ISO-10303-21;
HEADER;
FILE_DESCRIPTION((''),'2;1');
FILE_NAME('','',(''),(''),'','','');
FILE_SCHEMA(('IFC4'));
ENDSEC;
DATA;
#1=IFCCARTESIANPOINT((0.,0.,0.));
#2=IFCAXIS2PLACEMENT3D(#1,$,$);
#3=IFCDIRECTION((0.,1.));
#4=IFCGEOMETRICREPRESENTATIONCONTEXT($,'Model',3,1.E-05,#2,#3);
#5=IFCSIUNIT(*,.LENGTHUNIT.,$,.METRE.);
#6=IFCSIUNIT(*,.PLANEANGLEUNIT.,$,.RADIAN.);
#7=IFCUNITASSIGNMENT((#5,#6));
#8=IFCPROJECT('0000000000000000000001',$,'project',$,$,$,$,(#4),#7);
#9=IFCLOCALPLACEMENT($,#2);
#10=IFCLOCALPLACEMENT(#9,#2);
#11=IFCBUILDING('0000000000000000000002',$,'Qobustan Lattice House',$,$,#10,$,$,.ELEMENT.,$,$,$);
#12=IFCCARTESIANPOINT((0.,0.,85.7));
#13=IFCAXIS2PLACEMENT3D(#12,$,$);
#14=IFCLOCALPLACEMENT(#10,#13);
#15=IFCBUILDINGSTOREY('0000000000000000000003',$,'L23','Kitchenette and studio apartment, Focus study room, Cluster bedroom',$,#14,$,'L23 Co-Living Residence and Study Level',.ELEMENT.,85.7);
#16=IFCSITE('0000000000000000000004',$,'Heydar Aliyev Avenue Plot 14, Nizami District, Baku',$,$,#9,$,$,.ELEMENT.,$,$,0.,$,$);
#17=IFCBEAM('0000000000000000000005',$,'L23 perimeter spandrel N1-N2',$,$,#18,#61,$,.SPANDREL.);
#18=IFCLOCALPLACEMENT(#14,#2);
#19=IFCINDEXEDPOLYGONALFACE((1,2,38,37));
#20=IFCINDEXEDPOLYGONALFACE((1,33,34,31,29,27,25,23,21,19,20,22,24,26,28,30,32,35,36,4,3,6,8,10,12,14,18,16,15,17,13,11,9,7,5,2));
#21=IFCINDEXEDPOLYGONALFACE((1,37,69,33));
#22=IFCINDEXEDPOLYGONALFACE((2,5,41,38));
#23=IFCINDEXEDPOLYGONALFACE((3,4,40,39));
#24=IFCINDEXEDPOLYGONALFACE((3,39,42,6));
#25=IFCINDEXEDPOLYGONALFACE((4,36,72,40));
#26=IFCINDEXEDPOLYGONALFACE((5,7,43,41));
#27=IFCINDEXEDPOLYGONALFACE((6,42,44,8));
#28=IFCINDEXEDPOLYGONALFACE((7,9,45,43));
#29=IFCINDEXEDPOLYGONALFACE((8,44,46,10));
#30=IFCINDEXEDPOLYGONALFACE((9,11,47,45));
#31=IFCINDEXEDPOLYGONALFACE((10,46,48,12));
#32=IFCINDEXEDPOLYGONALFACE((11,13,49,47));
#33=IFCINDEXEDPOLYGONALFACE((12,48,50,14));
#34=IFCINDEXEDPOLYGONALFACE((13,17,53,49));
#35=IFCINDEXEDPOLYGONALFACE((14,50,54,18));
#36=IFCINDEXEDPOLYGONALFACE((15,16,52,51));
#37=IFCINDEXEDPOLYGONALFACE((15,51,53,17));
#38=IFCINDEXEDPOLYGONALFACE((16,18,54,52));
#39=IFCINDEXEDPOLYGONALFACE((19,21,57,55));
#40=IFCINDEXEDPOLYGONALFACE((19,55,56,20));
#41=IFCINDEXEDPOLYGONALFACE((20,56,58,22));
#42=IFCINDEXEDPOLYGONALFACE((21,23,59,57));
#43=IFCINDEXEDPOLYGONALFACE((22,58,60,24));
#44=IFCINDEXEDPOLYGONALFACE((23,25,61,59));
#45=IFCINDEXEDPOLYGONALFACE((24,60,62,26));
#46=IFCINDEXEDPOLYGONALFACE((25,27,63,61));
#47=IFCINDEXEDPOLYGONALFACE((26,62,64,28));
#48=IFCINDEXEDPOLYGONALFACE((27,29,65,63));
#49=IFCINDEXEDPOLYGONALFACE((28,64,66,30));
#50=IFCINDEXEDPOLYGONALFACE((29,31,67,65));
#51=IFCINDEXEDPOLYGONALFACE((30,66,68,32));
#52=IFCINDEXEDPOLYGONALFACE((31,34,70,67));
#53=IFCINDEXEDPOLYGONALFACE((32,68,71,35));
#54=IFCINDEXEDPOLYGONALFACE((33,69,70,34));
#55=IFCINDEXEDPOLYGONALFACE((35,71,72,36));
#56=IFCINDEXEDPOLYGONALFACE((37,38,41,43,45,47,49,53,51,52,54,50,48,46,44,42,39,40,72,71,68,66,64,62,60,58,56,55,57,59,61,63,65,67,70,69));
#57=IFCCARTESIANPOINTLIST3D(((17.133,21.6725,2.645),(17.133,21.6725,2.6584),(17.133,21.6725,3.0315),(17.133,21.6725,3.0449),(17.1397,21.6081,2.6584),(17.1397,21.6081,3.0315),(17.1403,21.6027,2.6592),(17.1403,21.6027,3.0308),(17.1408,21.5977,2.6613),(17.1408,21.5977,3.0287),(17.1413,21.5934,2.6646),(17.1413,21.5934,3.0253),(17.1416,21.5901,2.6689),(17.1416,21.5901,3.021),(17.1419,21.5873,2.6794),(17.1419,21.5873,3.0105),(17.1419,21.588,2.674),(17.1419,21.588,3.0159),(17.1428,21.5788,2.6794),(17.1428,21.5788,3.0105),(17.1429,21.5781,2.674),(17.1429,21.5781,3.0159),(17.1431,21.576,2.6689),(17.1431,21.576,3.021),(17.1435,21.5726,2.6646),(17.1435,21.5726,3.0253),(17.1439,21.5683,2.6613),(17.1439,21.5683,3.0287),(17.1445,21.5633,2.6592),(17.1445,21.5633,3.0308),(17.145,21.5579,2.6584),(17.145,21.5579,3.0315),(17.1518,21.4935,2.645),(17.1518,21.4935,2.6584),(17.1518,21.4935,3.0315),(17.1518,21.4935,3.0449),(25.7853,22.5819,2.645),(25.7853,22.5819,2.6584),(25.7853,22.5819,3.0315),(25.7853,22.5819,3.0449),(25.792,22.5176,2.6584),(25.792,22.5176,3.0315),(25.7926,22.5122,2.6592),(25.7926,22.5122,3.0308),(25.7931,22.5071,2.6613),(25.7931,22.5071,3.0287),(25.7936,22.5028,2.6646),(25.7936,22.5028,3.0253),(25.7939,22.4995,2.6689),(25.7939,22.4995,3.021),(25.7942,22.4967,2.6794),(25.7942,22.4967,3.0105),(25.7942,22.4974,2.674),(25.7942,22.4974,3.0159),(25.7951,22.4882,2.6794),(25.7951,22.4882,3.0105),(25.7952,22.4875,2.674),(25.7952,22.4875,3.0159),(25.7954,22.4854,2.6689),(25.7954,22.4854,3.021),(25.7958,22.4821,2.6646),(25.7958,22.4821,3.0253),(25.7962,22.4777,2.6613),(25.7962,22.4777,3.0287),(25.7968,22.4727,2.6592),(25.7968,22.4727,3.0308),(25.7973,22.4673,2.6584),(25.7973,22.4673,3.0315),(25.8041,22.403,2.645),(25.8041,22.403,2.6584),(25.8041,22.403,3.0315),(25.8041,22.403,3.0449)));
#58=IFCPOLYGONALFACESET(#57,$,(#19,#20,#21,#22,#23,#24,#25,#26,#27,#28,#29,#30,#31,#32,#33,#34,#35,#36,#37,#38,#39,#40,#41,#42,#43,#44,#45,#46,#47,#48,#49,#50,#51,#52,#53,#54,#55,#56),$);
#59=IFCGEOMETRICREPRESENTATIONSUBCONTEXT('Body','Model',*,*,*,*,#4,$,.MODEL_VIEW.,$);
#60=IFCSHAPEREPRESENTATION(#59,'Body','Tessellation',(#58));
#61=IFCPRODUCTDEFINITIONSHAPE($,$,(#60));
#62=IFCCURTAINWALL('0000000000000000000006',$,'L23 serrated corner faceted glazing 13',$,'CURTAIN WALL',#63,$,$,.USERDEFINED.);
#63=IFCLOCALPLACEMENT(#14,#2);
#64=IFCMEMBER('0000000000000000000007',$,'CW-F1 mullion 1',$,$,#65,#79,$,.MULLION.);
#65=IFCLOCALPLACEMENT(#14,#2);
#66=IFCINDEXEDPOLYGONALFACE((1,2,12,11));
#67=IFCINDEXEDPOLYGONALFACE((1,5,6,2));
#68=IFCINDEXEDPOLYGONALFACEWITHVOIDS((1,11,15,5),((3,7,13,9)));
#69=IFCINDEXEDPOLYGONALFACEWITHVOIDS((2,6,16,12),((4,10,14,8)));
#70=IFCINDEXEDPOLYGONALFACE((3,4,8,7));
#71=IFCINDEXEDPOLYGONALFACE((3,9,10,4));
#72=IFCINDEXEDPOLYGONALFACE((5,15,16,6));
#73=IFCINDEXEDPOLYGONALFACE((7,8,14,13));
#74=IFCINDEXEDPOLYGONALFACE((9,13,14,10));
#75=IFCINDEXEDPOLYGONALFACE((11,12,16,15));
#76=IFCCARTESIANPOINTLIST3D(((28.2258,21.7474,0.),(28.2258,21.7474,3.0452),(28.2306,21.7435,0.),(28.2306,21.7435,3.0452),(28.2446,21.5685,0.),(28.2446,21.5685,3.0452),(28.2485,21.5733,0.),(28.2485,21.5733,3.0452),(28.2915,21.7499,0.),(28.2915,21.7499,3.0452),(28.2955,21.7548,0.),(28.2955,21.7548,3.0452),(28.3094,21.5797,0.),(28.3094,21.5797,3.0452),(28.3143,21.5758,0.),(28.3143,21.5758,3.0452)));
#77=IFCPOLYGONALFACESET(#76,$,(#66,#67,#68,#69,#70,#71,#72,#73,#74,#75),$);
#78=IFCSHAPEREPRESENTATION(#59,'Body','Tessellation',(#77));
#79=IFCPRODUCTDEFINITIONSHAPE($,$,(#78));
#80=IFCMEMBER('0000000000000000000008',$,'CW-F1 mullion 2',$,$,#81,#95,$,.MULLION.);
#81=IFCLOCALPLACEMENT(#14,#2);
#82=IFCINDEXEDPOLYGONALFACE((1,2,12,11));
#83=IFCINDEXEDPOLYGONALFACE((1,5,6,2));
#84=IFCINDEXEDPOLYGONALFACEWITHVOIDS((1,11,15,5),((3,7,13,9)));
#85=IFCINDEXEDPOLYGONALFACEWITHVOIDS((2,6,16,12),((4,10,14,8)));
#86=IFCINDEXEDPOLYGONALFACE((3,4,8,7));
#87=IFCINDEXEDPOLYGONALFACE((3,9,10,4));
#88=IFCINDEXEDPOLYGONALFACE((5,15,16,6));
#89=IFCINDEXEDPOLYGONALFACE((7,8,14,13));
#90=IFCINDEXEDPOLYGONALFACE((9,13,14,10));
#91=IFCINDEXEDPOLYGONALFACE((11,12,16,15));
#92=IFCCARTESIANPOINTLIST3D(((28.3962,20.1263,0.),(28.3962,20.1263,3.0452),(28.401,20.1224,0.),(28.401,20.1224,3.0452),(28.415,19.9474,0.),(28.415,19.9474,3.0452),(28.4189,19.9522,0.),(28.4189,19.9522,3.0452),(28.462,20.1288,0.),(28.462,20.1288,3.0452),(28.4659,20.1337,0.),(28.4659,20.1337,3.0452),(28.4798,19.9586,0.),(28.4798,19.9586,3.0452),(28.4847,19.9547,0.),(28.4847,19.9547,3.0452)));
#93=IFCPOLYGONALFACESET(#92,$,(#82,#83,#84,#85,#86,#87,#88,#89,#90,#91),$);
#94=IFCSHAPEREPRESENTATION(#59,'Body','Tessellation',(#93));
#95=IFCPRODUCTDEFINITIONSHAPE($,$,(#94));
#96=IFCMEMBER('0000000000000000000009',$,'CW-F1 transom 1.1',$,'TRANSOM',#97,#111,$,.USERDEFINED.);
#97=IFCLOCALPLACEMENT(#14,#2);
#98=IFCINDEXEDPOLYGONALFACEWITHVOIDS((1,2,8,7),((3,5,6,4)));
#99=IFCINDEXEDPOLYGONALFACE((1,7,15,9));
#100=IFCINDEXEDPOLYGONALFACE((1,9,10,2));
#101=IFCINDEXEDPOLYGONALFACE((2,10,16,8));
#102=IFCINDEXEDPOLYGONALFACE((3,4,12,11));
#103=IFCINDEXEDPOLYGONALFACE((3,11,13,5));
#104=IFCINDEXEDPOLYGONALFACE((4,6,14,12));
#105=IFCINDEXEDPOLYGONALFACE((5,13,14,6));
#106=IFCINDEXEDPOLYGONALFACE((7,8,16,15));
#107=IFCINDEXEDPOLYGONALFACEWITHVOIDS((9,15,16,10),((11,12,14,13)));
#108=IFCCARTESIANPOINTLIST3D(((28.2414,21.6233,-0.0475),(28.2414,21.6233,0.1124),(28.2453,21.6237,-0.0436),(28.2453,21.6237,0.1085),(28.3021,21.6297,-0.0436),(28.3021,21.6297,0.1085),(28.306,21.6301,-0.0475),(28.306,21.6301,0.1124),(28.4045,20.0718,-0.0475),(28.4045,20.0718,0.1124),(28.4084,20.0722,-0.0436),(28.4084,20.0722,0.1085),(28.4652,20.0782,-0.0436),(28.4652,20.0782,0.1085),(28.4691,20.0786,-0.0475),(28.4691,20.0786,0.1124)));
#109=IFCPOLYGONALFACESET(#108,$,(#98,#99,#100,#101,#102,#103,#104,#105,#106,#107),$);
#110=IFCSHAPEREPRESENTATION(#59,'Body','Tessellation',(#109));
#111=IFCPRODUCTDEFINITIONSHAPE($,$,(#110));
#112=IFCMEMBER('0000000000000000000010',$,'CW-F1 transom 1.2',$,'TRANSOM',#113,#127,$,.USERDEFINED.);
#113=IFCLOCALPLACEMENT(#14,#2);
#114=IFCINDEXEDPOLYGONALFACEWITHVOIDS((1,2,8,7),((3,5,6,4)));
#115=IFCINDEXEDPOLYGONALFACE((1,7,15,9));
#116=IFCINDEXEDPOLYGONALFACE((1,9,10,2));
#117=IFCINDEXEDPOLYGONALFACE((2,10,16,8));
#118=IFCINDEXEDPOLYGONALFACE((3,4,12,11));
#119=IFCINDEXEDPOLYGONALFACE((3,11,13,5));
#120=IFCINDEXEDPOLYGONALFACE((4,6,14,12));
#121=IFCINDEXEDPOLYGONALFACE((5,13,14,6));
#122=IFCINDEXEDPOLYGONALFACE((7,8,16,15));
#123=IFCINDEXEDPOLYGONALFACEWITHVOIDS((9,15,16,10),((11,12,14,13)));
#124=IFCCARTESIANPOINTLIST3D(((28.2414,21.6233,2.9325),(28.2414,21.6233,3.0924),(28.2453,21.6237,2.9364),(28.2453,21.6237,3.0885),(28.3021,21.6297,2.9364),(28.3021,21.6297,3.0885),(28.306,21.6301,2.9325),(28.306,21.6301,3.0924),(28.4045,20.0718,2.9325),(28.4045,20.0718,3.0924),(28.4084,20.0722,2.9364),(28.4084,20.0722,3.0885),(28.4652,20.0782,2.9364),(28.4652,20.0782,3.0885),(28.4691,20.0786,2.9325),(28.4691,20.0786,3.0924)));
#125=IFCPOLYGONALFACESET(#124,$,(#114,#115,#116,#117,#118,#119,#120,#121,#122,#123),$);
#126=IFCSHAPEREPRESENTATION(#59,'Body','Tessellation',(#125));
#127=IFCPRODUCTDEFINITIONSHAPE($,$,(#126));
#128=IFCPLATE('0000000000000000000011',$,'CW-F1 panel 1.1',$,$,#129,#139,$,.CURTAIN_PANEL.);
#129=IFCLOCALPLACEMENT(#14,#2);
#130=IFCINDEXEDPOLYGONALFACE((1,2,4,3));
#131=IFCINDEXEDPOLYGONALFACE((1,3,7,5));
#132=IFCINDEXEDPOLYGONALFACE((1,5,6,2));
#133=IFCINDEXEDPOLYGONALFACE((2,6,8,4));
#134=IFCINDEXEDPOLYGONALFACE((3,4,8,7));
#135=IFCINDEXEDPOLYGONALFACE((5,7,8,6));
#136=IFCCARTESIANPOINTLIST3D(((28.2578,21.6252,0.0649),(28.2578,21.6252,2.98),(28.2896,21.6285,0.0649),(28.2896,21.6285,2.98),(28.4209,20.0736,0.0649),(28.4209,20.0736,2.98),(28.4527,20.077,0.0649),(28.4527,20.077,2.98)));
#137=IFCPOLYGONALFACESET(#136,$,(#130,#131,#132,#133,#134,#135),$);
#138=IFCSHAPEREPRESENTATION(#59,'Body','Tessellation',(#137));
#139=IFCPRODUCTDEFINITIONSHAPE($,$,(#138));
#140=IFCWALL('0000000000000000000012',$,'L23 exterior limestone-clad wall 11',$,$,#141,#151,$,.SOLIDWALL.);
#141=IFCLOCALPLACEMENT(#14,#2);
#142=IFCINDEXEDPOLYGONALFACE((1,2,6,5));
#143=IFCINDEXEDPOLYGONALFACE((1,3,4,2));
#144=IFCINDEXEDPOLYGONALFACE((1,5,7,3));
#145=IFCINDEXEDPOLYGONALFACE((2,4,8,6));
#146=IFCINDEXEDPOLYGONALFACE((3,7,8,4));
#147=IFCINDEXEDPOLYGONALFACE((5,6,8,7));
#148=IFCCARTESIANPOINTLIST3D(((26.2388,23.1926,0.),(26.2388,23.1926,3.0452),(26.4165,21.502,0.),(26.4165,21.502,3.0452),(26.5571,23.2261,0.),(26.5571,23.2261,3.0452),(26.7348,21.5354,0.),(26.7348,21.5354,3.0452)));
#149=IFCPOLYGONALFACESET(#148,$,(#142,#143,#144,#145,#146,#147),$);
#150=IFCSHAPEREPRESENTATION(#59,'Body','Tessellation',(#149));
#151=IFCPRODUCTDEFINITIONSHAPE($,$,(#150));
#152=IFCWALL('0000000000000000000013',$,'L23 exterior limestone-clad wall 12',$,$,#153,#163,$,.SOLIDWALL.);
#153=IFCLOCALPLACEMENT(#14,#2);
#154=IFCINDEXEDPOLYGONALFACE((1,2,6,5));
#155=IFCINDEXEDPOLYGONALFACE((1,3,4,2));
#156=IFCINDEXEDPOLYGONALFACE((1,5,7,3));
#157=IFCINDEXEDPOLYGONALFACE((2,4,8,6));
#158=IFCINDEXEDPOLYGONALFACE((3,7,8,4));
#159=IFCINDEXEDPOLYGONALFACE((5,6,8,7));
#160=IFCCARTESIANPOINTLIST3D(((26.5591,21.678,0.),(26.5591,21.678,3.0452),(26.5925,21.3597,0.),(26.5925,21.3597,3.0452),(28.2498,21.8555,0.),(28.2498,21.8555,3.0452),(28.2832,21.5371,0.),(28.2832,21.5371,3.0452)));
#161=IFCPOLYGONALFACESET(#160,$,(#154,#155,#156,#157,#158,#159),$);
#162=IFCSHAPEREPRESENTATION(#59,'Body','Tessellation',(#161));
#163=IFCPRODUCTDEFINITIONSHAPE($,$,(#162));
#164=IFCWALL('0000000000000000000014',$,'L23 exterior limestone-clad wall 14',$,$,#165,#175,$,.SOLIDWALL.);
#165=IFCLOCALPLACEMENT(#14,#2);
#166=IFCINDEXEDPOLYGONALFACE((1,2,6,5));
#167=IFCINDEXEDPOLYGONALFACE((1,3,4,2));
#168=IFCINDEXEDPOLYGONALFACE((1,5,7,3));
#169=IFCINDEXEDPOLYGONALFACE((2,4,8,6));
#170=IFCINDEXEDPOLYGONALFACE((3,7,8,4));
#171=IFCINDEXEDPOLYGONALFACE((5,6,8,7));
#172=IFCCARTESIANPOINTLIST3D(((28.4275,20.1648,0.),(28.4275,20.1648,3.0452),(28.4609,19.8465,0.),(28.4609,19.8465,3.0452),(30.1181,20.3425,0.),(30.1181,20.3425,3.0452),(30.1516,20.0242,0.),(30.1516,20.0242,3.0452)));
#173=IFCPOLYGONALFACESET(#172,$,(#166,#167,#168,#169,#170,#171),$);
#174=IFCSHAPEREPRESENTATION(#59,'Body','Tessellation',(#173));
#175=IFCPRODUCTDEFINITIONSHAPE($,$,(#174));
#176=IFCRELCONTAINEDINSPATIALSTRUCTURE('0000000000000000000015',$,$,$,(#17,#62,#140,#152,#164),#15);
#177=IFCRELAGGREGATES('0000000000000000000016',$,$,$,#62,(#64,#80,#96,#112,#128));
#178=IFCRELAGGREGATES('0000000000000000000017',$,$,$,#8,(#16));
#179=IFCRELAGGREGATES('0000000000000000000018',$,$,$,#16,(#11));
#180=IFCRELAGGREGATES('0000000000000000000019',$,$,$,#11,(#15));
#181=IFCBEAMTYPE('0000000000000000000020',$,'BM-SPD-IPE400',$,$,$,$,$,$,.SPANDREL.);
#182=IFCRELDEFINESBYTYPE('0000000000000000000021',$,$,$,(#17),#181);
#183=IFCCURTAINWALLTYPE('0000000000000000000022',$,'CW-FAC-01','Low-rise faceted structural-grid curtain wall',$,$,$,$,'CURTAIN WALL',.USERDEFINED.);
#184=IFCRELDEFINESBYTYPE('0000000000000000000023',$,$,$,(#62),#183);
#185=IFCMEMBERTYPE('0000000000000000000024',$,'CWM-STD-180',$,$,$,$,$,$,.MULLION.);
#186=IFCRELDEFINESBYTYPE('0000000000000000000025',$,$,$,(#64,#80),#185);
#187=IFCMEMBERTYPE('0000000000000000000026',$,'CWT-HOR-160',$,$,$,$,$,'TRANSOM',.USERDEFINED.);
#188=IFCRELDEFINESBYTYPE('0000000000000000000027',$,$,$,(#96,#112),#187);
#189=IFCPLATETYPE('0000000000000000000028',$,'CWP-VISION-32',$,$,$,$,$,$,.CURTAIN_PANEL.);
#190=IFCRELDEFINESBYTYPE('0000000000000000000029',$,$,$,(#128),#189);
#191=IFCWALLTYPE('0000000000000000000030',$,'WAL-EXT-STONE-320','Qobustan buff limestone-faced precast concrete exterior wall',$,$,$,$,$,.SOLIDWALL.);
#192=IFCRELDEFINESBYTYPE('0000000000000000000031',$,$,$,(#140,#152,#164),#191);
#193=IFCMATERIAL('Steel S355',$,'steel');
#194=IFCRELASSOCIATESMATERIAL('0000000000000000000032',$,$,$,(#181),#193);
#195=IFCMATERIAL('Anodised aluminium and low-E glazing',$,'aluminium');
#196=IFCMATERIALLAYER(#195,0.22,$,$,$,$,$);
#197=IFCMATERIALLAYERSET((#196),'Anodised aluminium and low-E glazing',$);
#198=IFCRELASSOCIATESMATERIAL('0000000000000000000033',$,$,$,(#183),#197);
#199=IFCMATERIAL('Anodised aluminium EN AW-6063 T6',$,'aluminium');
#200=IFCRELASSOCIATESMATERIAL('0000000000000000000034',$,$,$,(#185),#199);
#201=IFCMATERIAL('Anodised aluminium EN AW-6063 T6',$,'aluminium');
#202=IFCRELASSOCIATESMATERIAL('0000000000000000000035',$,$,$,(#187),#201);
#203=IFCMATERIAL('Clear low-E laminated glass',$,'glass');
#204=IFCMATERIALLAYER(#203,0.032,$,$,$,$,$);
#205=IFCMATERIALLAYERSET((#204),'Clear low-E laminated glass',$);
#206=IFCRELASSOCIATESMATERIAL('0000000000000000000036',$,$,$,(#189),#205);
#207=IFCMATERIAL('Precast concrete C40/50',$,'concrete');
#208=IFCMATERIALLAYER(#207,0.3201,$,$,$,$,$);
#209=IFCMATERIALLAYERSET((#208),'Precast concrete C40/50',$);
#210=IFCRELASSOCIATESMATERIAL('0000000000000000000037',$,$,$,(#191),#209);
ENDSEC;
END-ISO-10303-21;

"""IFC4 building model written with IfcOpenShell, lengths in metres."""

from ifc_helpers import new_model, si_unit, direction, frame, frame_2d, origin, origin_2d, place, context, subcontext, project, spatial, rectangle, hollow_rectangle, i_section, extrude, material, layer, layer_set, material_profile, profile_set, type_object, element, aggregate, save


model = new_model("IFC4")

# Units and contexts
model_context = context("Model", 3, precision=1e-05, world=origin(), true_north=direction((0.0, 1.0)))
body_context = subcontext(model_context, "Body", "Model", "MODEL_VIEW")
ifc_project = project(units=[si_unit("LENGTHUNIT", "METRE"), si_unit("PLANEANGLEUNIT", "RADIAN")], contexts=[model_context])

# Site, building, storey
site_placement = place(None, origin())
site = spatial("IfcSite", under=ifc_project, at=site_placement, Name="Heydar Aliyev Avenue Plot 14, Nizami District, Baku", CompositionType="ELEMENT", RefElevation=0.0)
building_placement = place(site_placement, origin())
building = spatial("IfcBuilding", under=site, at=building_placement, Name="Qobustan Lattice House", CompositionType="ELEMENT")
storey_placement = place(building_placement, frame((0.0, 0.0, 85.7)))
storey = spatial("IfcBuildingStorey", under=building, at=storey_placement, Name="L23", Description="Kitchenette and studio apartment, Focus study room, Cluster bedroom", LongName="L23 Co-Living Residence and Study Level", CompositionType="ELEMENT", Elevation=85.7)

# Beam
ifc_material_1 = material(Name="Steel S355", Category="steel")
ifc_material_profile_1 = material_profile(ifc_material_1, i_section(OverallWidth=0.1799, OverallDepth=0.3999, WebThickness=0.0085, FlangeThickness=0.0134, FilletRadius=0.021, at=origin_2d()), Name="IPE400")
ifc_profile_set_1 = profile_set([ifc_material_profile_1], Name="Steel S355")
beam_type_1 = type_object("IfcBeamType", Name="BM-SPD-IPE400", PredefinedType="SPANDREL", material=ifc_profile_set_1)
beam_1_placement = place(storey_placement, frame((25.7947, 22.4924, 2.845), z_axis=(-0.994522, -0.104531, 0.0), x_axis=(0.104531, -0.994522, 0.0)))
element("IfcBeam", 1, at=beam_1_placement, inside=storey, type_object=beam_type_1, Name="L23 perimeter spandrel N1-N2", PredefinedType="SPANDREL", context=body_context, shape_type="SweptSolid", body=[
    extrude(i_section(OverallWidth=0.1799, OverallDepth=0.3999, WebThickness=0.0085, FlangeThickness=0.0134, FilletRadius=0.021, at=origin_2d()), origin(), (0.0, 0.0, 1.0), 8.7),
])

# Curtain wall, members, plate
ifc_material_2 = material(Name="Anodised aluminium and low-E glazing", Category="aluminium")
ifc_layer_1 = layer(ifc_material_2, 0.22)
ifc_layer_set_1 = layer_set([ifc_layer_1], Name="Anodised aluminium and low-E glazing")
curtain_wall_type = type_object("IfcCurtainWallType", Name="CW-FAC-01", Description="Low-rise faceted structural-grid curtain wall", ElementType="CURTAIN WALL", PredefinedType="USERDEFINED", material=ifc_layer_set_1)
curtain_wall_placement = place(storey_placement, origin())
curtain_wall = element("IfcCurtainWall", 2, at=curtain_wall_placement, inside=storey, type_object=curtain_wall_type, Name="L23 serrated corner faceted glazing 13", ObjectType="CURTAIN WALL", PredefinedType="USERDEFINED")
ifc_material_3 = material(Name="Anodised aluminium EN AW-6063 T6", Category="aluminium")
ifc_material_profile_2 = material_profile(ifc_material_3, hollow_rectangle(XDim=0.0701, YDim=0.1799, WallThickness=0.0044, at=origin_2d()), Name="CWM-180x70")
ifc_profile_set_2 = profile_set([ifc_material_profile_2], Name="Anodised aluminium EN AW-6063 T6")
member_type_1 = type_object("IfcMemberType", Name="CWM-STD-180", PredefinedType="MULLION", material=ifc_profile_set_2)
member_1_placement = place(storey_placement, frame((28.27, 21.6616, 0.0), z_axis=(0.0, 0.0, 1.0), x_axis=(0.994522, 0.104529, 0.0)))
member_1 = element("IfcMember", 3, at=member_1_placement, type_object=member_type_1, Name="CW-F1 mullion 1", PredefinedType="MULLION", context=body_context, shape_type="SweptSolid", body=[
    extrude(hollow_rectangle(XDim=0.0701, YDim=0.1799, WallThickness=0.0044, at=origin_2d()), origin(), (0.0, 0.0, 1.0), 3.0452),
])
member_2_placement = place(storey_placement, frame((28.4404, 20.0405, 0.0), z_axis=(0.0, 0.0, 1.0), x_axis=(0.994522, 0.104529, 0.0)))
member_2 = element("IfcMember", 4, at=member_2_placement, type_object=member_type_1, Name="CW-F1 mullion 2", PredefinedType="MULLION", context=body_context, shape_type="SweptSolid", body=[
    extrude(hollow_rectangle(XDim=0.0701, YDim=0.1799, WallThickness=0.0044, at=origin_2d()), origin(), (0.0, 0.0, 1.0), 3.0452),
])
ifc_material_4 = material(Name="Anodised aluminium EN AW-6063 T6", Category="aluminium")
ifc_material_profile_3 = material_profile(ifc_material_4, hollow_rectangle(XDim=0.0649, YDim=0.1599, WallThickness=0.0039, at=origin_2d()), Name="CWT-160x65")
ifc_profile_set_3 = profile_set([ifc_material_profile_3], Name="Anodised aluminium EN AW-6063 T6")
member_type_2 = type_object("IfcMemberType", Name="CWT-HOR-160", ElementType="TRANSOM", PredefinedType="USERDEFINED", material=ifc_profile_set_3)
member_3_placement = place(storey_placement, frame((28.2737, 21.6267, 0.0325), z_axis=(0.104538, -0.994521, 0.0), x_axis=(0.994521, 0.104538, 0.0)))
member_3 = element("IfcMember", 5, at=member_3_placement, type_object=member_type_2, Name="CW-F1 transom 1.1", ObjectType="TRANSOM", PredefinedType="USERDEFINED", context=body_context, shape_type="SweptSolid", body=[
    extrude(hollow_rectangle(XDim=0.0649, YDim=0.1599, WallThickness=0.0039, at=origin_2d()), origin(), (0.0, 0.0, 1.0), 1.5601),
])
member_4_placement = place(storey_placement, frame((28.2737, 21.6267, 3.0125), z_axis=(0.104538, -0.994521, 0.0), x_axis=(0.994521, 0.104538, 0.0)))
member_4 = element("IfcMember", 6, at=member_4_placement, type_object=member_type_2, Name="CW-F1 transom 1.2", ObjectType="TRANSOM", PredefinedType="USERDEFINED", context=body_context, shape_type="SweptSolid", body=[
    extrude(hollow_rectangle(XDim=0.0649, YDim=0.1599, WallThickness=0.0039, at=origin_2d()), origin(), (0.0, 0.0, 1.0), 1.5601),
])
ifc_material_5 = material(Name="Clear low-E laminated glass", Category="glass")
ifc_layer_2 = layer(ifc_material_5, 0.032)
ifc_layer_set_2 = layer_set([ifc_layer_2], Name="Clear low-E laminated glass")
plate_type = type_object("IfcPlateType", Name="CWP-VISION-32", PredefinedType="CURTAIN_PANEL", material=ifc_layer_set_2)
plate_placement = place(storey_placement, frame((28.3552, 20.8511, 0.0649), z_axis=(0.0, 0.0, 1.0), x_axis=(0.104529, -0.994522, 0.0)))
plate = element("IfcPlate", 7, at=plate_placement, type_object=plate_type, Name="CW-F1 panel 1.1", PredefinedType="CURTAIN_PANEL", context=body_context, shape_type="SweptSolid", body=[
    extrude(rectangle(XDim=1.5601, YDim=0.032, at=origin_2d()), origin(), (0.0, 0.0, 1.0), 2.915),
])
aggregate(curtain_wall, [member_1, member_2, member_3, member_4, plate])

# Walls
ifc_material_6 = material(Name="Precast concrete C40/50", Category="concrete")
ifc_layer_3 = layer(ifc_material_6, 0.3201)
ifc_layer_set_3 = layer_set([ifc_layer_3], Name="Precast concrete C40/50")
wall_type = type_object("IfcWallType", Name="WAL-EXT-STONE-320", Description="Qobustan buff limestone-faced precast concrete exterior wall", PredefinedType="SOLIDWALL", material=ifc_layer_set_3)
for number, where, z_axis, x_axis, name in (
    (8, (26.3979, 23.2095, 0.0), (0.0, 0.0, 1.0), (0.10455, -0.99452, 0.0), "L23 exterior limestone-clad wall 11"),
    (9, (26.5757, 21.5188, 0.0), (0.0, 0.0, 1.0), (0.994535, 0.104408, 0.0), "L23 exterior limestone-clad wall 12"),
    (10, (28.4441, 20.0056, 0.0), (0.0, 0.0, 1.0), (0.99452, 0.10455, 0.0), "L23 exterior limestone-clad wall 14"),
):
    element("IfcWall", number, at=place(storey_placement, frame(where, z_axis=z_axis, x_axis=x_axis)), inside=storey, type_object=wall_type, Name=name, PredefinedType="SOLIDWALL", context=body_context, shape_type="SweptSolid", body=[
        extrude(rectangle(XDim=1.7, YDim=0.3201, at=frame_2d((0.8501, 0.0))), origin(), (0.0, 0.0, 1.0), 3.0452),
    ])

save(model, "model.ifc")
